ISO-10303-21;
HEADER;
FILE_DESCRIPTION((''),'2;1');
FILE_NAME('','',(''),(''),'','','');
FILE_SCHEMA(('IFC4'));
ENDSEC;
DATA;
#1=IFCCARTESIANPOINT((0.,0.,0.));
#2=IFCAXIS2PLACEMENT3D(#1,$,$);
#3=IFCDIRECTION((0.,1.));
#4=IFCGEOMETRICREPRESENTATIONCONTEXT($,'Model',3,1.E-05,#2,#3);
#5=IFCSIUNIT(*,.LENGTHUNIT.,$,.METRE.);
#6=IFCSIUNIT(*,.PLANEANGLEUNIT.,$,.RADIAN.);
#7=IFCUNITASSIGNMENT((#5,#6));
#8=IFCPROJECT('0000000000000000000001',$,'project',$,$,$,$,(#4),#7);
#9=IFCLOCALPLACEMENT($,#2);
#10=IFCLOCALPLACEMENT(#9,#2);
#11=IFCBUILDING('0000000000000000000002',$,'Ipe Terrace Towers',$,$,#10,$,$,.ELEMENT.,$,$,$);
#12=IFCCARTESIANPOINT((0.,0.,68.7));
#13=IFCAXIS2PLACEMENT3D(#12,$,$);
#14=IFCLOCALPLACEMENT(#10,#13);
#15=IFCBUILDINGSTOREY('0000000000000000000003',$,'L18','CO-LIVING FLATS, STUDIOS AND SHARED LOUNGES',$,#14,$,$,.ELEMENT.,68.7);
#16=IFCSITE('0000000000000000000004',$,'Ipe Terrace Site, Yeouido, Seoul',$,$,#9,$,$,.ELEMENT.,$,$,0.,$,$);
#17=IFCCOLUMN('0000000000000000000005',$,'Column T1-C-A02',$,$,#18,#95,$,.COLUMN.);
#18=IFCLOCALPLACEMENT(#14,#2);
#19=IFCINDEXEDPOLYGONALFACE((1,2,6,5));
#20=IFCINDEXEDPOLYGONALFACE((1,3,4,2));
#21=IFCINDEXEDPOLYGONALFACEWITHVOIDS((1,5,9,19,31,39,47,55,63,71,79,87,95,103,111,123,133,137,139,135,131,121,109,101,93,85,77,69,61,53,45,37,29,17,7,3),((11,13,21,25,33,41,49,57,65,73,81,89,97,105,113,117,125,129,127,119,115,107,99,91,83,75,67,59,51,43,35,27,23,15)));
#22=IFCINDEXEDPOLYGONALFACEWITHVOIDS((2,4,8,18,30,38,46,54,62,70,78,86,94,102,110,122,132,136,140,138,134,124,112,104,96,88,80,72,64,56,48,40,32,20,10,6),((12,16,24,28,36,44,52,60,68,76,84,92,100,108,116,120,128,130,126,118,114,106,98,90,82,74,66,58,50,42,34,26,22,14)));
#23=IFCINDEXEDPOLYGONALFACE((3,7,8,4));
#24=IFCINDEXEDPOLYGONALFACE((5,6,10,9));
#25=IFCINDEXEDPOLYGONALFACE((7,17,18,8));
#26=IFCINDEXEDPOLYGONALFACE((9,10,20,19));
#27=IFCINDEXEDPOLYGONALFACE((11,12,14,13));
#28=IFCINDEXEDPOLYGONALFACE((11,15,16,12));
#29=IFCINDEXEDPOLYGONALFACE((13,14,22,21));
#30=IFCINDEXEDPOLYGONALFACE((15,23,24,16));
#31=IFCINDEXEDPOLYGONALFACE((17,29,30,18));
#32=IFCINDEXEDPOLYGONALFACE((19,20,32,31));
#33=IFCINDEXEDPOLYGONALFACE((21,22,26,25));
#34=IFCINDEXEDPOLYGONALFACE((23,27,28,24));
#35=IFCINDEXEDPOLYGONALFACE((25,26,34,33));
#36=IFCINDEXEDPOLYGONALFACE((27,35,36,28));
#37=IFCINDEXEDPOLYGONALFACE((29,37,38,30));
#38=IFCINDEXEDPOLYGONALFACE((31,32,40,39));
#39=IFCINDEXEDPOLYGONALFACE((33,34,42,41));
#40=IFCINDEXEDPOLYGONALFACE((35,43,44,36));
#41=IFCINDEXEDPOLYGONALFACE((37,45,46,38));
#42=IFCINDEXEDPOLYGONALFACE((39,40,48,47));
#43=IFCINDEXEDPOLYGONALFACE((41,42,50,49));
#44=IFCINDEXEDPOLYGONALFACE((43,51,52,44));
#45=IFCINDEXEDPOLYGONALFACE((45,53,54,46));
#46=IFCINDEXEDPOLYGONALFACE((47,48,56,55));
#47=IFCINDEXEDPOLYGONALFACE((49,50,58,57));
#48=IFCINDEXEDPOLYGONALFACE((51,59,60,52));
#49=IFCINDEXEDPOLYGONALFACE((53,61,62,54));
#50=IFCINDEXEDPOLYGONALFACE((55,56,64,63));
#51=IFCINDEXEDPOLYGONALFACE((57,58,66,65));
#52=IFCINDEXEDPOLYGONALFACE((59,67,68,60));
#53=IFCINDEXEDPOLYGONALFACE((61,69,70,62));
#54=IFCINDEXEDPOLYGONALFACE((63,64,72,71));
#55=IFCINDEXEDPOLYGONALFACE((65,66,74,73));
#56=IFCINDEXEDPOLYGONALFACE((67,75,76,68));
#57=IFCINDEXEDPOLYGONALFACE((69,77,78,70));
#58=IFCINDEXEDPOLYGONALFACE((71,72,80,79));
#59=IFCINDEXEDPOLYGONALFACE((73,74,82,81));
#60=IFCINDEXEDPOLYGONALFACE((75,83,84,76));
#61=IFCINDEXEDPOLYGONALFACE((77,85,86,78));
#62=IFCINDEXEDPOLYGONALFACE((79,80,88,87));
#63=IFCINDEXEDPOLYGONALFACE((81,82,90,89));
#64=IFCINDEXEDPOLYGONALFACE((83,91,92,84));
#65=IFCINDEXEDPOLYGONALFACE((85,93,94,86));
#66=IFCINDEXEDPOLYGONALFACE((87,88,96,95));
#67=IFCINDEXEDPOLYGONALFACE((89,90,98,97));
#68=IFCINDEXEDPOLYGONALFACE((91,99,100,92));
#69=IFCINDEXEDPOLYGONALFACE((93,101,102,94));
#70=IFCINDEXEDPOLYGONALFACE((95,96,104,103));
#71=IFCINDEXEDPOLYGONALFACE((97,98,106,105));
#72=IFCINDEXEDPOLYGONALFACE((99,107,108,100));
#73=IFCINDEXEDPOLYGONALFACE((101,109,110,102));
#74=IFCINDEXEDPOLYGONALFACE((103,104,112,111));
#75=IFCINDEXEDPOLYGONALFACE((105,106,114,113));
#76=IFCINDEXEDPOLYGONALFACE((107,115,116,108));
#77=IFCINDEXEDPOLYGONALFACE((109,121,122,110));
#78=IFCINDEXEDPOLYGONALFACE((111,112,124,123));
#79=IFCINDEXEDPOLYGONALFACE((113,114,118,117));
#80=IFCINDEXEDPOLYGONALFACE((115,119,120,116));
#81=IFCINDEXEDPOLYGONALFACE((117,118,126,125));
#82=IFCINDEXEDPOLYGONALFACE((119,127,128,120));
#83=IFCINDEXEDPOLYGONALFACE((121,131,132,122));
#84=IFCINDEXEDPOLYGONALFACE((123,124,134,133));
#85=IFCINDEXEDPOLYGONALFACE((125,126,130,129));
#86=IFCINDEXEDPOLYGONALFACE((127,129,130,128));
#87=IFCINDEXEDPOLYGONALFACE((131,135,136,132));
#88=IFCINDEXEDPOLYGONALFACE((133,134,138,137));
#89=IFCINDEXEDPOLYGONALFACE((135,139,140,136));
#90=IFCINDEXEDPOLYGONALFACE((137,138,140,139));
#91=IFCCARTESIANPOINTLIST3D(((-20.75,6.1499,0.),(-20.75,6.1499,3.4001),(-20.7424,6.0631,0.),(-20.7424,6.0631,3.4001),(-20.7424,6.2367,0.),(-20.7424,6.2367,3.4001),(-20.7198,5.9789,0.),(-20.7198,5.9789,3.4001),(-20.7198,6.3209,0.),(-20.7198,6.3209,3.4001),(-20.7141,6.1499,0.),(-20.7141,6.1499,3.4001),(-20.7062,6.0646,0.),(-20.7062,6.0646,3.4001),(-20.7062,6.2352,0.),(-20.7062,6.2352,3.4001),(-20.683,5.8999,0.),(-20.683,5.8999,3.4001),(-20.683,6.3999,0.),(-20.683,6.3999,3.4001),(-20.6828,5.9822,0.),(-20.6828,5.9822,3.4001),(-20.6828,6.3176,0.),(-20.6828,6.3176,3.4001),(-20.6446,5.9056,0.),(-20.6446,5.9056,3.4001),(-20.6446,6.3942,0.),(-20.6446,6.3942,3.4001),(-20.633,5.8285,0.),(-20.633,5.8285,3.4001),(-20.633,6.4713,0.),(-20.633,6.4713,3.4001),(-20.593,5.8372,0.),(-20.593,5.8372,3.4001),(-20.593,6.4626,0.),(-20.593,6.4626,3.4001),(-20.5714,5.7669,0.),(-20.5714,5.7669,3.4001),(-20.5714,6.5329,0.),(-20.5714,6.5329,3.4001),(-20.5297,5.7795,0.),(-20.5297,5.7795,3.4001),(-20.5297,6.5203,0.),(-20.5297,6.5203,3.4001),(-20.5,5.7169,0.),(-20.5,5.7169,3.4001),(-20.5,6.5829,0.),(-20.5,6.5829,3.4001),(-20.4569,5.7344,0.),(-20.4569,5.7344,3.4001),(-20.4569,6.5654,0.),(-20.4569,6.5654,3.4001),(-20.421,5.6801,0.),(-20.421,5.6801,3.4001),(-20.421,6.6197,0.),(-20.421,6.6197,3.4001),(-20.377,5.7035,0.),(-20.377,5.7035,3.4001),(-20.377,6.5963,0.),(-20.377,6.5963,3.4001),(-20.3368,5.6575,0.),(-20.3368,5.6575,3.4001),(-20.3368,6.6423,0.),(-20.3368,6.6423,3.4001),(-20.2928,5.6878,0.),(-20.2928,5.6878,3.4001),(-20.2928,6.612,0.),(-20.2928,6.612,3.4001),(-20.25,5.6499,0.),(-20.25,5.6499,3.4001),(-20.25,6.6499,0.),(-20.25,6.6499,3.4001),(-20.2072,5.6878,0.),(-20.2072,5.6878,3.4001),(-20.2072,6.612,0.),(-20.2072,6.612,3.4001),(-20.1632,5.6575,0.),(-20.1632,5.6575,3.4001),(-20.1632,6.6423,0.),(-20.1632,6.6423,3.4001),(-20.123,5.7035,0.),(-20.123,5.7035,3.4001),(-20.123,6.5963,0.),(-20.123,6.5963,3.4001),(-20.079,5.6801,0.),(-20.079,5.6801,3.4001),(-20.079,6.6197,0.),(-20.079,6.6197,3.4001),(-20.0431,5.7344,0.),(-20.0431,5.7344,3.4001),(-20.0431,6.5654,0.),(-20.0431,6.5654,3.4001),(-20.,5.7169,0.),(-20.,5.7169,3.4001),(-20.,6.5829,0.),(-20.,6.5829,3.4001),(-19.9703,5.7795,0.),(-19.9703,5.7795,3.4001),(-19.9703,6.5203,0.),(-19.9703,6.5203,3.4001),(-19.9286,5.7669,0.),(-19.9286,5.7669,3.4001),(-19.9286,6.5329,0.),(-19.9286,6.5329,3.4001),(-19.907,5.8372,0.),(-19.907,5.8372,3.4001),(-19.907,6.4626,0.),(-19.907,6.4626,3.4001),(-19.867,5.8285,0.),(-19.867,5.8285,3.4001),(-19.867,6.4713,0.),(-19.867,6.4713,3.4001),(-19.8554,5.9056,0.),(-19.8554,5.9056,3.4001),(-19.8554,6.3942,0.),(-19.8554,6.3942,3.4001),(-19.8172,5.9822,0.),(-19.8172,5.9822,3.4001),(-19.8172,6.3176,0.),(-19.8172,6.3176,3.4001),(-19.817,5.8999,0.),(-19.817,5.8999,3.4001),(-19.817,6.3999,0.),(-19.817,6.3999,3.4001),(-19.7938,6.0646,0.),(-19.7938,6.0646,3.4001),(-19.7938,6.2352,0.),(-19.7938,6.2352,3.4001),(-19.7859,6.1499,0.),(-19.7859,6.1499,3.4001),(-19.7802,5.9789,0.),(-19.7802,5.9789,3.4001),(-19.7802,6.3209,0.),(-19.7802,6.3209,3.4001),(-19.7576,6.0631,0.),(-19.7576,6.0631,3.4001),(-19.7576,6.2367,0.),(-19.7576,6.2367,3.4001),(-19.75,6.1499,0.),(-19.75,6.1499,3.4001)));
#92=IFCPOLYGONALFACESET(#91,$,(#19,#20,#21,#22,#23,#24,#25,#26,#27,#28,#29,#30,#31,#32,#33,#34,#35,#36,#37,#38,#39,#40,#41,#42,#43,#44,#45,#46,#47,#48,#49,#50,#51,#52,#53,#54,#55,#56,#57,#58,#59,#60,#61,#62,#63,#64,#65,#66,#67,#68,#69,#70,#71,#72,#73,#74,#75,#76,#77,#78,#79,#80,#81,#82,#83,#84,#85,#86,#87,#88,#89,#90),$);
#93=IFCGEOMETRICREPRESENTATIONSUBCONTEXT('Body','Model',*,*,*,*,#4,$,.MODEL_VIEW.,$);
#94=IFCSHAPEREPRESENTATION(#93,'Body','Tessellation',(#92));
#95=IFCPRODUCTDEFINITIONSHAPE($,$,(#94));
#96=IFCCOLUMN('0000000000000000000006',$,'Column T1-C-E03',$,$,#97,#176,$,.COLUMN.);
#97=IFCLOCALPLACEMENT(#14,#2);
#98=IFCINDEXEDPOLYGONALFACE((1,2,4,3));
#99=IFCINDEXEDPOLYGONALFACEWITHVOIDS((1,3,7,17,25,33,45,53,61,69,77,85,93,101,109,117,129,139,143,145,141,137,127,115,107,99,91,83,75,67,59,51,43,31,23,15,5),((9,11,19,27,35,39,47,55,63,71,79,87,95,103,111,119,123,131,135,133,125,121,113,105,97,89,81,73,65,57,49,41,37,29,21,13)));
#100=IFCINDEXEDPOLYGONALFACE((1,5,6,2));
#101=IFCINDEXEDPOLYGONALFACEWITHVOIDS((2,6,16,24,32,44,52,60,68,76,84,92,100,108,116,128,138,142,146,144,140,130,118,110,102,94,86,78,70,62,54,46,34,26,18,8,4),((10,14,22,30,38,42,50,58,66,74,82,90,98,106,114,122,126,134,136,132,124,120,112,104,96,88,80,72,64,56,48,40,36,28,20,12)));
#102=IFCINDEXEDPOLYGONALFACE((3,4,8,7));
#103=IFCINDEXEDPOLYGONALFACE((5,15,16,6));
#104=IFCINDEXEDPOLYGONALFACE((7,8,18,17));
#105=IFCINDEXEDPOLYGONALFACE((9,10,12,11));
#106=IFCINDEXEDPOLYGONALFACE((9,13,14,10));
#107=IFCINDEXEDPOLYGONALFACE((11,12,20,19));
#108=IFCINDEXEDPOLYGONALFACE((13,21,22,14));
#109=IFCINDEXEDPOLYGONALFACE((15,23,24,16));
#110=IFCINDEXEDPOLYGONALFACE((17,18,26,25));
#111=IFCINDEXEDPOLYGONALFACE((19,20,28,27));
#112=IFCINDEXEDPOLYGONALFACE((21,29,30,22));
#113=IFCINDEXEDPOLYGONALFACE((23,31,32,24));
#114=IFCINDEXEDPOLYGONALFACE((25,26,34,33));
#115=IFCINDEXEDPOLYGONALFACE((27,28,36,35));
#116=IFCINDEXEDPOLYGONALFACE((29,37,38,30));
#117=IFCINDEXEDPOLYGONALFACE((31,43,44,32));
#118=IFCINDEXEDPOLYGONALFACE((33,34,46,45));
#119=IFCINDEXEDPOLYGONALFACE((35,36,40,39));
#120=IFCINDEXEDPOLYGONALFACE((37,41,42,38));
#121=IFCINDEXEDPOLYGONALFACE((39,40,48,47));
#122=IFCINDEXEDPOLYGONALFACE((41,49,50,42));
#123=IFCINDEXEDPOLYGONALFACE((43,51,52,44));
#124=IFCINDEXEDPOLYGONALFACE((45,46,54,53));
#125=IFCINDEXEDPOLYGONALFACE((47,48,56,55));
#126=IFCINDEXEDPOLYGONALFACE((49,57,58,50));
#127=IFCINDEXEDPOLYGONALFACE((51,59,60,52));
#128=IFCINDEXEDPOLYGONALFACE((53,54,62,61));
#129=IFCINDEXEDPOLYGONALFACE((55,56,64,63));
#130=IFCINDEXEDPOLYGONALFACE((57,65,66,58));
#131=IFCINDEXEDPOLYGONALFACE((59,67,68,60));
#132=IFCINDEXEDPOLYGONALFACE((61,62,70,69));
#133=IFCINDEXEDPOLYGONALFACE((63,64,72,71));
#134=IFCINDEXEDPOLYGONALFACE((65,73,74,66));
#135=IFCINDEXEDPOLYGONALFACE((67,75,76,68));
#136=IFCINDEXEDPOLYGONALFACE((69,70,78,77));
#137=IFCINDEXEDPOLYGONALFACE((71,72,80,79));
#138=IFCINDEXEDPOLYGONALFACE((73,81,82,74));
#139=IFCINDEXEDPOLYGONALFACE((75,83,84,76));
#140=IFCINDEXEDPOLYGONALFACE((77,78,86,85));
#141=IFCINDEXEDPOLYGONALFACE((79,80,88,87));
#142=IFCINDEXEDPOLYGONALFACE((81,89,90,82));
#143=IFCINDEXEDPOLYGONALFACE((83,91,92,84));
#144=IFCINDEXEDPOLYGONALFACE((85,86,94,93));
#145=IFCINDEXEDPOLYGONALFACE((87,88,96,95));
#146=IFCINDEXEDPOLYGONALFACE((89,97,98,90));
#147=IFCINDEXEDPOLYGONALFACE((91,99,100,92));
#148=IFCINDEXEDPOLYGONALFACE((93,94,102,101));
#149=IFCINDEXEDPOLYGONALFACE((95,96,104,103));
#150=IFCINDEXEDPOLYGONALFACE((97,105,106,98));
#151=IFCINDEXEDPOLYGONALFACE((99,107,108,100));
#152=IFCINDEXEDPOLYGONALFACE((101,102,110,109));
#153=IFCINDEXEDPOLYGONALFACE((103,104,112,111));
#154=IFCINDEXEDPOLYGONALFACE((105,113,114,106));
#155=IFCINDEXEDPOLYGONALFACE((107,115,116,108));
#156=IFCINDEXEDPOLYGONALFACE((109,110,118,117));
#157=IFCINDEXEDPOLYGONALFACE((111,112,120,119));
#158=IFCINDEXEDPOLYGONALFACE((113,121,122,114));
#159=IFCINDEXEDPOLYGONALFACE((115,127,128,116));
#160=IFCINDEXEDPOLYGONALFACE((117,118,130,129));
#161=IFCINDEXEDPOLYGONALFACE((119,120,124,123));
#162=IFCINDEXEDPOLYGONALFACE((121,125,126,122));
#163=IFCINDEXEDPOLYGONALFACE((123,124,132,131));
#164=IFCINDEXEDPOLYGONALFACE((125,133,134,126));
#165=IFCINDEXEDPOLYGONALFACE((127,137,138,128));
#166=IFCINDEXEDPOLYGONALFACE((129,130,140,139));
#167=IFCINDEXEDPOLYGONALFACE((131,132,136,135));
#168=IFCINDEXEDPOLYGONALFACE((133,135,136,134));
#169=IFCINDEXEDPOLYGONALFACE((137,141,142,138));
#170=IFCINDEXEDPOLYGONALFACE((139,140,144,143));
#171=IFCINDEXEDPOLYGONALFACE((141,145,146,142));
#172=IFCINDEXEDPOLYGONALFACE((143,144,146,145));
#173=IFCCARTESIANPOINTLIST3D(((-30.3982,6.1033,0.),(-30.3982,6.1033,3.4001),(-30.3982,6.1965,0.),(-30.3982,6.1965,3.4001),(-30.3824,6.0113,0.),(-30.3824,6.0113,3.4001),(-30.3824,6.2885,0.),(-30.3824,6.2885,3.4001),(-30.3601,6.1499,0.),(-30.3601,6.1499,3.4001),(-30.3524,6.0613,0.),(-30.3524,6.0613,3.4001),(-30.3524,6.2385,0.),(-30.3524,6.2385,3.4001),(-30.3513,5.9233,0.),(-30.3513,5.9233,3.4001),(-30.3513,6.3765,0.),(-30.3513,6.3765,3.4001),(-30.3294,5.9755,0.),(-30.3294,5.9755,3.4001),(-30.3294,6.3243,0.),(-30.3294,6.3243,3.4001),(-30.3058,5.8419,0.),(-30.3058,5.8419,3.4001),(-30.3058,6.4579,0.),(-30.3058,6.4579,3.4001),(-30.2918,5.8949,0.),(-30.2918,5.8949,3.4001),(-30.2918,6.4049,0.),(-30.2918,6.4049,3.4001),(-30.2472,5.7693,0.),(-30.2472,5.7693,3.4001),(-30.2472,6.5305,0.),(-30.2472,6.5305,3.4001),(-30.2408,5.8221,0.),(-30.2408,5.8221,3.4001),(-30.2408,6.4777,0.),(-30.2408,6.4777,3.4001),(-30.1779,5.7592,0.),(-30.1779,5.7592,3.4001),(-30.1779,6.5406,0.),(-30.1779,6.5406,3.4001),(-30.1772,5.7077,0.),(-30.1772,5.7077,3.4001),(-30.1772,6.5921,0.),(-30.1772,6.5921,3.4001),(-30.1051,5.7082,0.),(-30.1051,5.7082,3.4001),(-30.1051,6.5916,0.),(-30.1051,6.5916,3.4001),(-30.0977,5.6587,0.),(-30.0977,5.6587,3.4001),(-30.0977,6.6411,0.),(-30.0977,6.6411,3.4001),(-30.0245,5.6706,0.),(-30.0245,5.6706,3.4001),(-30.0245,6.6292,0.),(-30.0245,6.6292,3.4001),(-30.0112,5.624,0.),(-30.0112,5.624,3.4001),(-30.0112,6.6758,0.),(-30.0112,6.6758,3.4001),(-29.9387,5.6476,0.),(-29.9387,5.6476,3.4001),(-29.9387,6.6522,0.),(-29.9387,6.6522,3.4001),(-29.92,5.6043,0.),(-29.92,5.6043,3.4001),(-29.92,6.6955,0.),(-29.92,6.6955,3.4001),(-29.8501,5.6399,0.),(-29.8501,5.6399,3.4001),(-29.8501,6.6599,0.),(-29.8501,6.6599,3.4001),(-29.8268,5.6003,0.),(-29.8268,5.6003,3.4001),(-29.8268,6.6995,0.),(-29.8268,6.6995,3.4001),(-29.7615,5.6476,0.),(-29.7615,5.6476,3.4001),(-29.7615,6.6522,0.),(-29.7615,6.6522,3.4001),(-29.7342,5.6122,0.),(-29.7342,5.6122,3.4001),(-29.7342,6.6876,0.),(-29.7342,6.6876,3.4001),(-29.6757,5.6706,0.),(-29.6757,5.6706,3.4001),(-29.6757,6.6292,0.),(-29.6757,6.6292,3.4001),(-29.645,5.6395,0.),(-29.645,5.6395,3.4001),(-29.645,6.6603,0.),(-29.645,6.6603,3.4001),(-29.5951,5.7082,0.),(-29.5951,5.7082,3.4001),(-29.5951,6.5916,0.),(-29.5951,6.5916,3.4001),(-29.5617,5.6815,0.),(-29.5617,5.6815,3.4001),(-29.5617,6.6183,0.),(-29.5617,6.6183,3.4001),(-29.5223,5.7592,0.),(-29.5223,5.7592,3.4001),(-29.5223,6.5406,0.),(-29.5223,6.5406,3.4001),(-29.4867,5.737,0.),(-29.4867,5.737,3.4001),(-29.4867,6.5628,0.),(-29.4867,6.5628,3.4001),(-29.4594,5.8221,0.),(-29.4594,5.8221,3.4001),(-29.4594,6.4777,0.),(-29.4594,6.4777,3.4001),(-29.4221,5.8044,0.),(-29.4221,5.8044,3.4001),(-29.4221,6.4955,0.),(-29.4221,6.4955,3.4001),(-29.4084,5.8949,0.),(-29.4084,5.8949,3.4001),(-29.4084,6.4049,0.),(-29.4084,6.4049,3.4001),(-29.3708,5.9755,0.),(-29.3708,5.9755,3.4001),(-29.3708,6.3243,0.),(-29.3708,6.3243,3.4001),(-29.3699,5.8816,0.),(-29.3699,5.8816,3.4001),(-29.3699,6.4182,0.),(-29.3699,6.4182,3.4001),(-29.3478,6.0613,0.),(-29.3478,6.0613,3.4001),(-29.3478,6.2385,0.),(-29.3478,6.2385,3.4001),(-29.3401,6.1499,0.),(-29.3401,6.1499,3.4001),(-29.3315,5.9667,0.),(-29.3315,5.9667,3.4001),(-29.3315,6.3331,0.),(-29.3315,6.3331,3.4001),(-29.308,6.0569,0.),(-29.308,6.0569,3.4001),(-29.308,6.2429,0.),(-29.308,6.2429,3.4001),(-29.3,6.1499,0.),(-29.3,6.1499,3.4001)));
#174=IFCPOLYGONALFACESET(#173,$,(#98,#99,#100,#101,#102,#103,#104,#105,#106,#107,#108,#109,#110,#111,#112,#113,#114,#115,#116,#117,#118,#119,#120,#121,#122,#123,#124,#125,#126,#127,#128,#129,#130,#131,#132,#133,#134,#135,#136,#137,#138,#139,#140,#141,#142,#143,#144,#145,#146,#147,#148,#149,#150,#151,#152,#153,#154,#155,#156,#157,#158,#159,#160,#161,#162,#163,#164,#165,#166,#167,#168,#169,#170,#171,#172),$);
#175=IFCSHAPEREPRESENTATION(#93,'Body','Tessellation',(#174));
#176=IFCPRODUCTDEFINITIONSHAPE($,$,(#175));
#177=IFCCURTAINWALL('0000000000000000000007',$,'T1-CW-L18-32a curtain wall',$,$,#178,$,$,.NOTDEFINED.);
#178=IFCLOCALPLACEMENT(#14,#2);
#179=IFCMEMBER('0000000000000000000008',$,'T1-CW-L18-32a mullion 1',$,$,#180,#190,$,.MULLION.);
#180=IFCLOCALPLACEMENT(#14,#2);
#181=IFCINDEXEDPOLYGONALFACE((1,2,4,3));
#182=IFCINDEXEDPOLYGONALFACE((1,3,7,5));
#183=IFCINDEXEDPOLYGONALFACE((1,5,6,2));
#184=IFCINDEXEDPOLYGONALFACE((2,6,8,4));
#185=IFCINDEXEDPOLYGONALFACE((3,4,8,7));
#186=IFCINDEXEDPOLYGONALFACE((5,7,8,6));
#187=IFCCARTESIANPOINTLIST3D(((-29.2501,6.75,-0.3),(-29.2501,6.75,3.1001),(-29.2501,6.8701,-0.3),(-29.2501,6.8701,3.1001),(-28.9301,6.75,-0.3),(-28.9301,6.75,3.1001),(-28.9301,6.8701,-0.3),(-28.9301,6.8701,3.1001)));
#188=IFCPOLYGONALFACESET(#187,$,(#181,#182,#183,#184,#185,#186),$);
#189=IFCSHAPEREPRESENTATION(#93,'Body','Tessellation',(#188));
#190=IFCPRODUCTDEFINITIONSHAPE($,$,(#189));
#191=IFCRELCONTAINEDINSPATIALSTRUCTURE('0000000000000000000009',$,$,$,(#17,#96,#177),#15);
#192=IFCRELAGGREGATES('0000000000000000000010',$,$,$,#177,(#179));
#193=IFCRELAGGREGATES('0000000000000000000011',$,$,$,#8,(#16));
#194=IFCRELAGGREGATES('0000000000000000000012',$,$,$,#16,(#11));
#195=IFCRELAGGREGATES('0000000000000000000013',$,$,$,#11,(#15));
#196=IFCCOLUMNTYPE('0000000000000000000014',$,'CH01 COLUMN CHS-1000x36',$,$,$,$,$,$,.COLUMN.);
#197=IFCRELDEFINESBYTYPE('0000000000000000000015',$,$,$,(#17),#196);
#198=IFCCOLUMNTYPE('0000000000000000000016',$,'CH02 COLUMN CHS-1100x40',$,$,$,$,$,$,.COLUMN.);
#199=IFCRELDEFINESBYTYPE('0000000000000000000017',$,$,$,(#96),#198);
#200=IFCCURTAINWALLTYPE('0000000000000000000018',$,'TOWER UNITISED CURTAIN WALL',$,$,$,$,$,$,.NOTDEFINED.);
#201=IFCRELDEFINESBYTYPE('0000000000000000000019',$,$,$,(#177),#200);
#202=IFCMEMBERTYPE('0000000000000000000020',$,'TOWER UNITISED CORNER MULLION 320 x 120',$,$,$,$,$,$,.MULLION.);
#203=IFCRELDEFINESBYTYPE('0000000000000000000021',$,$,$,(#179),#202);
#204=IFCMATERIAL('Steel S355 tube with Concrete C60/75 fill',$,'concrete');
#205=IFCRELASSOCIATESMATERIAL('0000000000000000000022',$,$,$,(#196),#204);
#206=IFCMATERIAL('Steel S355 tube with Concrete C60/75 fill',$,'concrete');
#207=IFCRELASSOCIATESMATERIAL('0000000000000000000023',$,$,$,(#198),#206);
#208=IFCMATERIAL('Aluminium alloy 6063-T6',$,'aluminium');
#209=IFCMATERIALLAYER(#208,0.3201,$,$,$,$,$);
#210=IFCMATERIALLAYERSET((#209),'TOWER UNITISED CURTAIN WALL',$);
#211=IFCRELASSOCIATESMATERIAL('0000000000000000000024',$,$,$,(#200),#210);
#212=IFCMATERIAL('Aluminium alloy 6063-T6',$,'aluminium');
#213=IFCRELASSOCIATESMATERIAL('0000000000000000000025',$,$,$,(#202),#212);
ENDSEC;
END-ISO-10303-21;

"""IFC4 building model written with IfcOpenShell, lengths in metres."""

from ifc_helpers import new_model, si_unit, direction, frame, origin, origin_2d, place, context, subcontext, project, spatial, rectangle, hollow_circle, extrude, material, layer, layer_set, material_profile, profile_set, type_object, element, aggregate, save


model = new_model("IFC4")

# Units and contexts
model_context = context("Model", 3, precision=1e-05, world=origin(), true_north=direction((0.0, 1.0)))
body_context = subcontext(model_context, "Body", "Model", "MODEL_VIEW")
ifc_project = project(units=[si_unit("LENGTHUNIT", "METRE"), si_unit("PLANEANGLEUNIT", "RADIAN")], contexts=[model_context])

# Site, building, storey
site_placement = place(None, origin())
site = spatial("IfcSite", under=ifc_project, at=site_placement, Name="Ipe Terrace Site, Yeouido, Seoul", CompositionType="ELEMENT", RefElevation=0.0)
building_placement = place(site_placement, origin())
building = spatial("IfcBuilding", under=site, at=building_placement, Name="Ipe Terrace Towers", CompositionType="ELEMENT")
storey_placement = place(building_placement, frame((0.0, 0.0, 68.7)))
storey = spatial("IfcBuildingStorey", under=building, at=storey_placement, Name="L18", Description="CO-LIVING FLATS, STUDIOS AND SHARED LOUNGES", CompositionType="ELEMENT", Elevation=68.7)

# Columns
ifc_material_1 = material(Name="Steel S355 tube with Concrete C60/75 fill", Category="concrete")
ifc_material_profile_1 = material_profile(ifc_material_1, hollow_circle(Radius=0.5, WallThickness=0.0359, at=origin_2d()), Name="CHS-1000x36")
ifc_profile_set_1 = profile_set([ifc_material_profile_1], Name="Steel S355 tube with Concrete C60/75 fill")
column_type_1 = type_object("IfcColumnType", Name="CH01 COLUMN CHS-1000x36", PredefinedType="COLUMN", material=ifc_profile_set_1)
column_1_placement = place(storey_placement, frame((-20.25, 6.1499, 0.0), z_axis=(0.0, 0.0, 1.0), x_axis=(1.0, 0.0, 0.0)))
element("IfcColumn", 1, at=column_1_placement, inside=storey, type_object=column_type_1, Name="Column T1-C-A02", PredefinedType="COLUMN", context=body_context, shape_type="SweptSolid", body=[
    extrude(hollow_circle(Radius=0.5, WallThickness=0.0359, at=origin_2d()), origin(), (0.0, 0.0, 1.0), 3.4001),
])
ifc_material_2 = material(Name="Steel S355 tube with Concrete C60/75 fill", Category="concrete")
ifc_material_profile_2 = material_profile(ifc_material_2, hollow_circle(Radius=0.55, WallThickness=0.04, at=origin_2d()), Name="CHS-1100x40")
ifc_profile_set_2 = profile_set([ifc_material_profile_2], Name="Steel S355 tube with Concrete C60/75 fill")
column_type_2 = type_object("IfcColumnType", Name="CH02 COLUMN CHS-1100x40", PredefinedType="COLUMN", material=ifc_profile_set_2)
column_2_placement = place(storey_placement, frame((-29.8501, 6.1499, 0.0), z_axis=(0.0, 0.0, 1.0), x_axis=(1.0, 0.0, 0.0)))
element("IfcColumn", 2, at=column_2_placement, inside=storey, type_object=column_type_2, Name="Column T1-C-E03", PredefinedType="COLUMN", context=body_context, shape_type="SweptSolid", body=[
    extrude(hollow_circle(Radius=0.55, WallThickness=0.04, at=origin_2d()), origin(), (0.0, 0.0, 1.0), 3.4001),
])

# Curtain wall, member
ifc_material_3 = material(Name="Aluminium alloy 6063-T6", Category="aluminium")
ifc_layer_1 = layer(ifc_material_3, 0.3201)
ifc_layer_set_1 = layer_set([ifc_layer_1], Name="TOWER UNITISED CURTAIN WALL")
curtain_wall_type = type_object("IfcCurtainWallType", Name="TOWER UNITISED CURTAIN WALL", PredefinedType="NOTDEFINED", material=ifc_layer_set_1)
curtain_wall_placement = place(storey_placement, origin())
curtain_wall = element("IfcCurtainWall", 3, at=curtain_wall_placement, inside=storey, type_object=curtain_wall_type, Name="T1-CW-L18-32a curtain wall", PredefinedType="NOTDEFINED")
ifc_material_4 = material(Name="Aluminium alloy 6063-T6", Category="aluminium")
ifc_material_profile_3 = material_profile(ifc_material_4, rectangle(XDim=0.3201, YDim=0.1201, at=origin_2d()), Name="TOWER UNITISED CORNER MULLION 320 x 120")
ifc_profile_set_3 = profile_set([ifc_material_profile_3], Name="Aluminium alloy 6063-T6")
member_type = type_object("IfcMemberType", Name="TOWER UNITISED CORNER MULLION 320 x 120", PredefinedType="MULLION", material=ifc_profile_set_3)
member_placement = place(storey_placement, frame((-29.0901, 6.8101, -0.3), z_axis=(0.0, 0.0, 1.0), x_axis=(1.0, 0.0, 0.0)))
member = element("IfcMember", 4, at=member_placement, type_object=member_type, Name="T1-CW-L18-32a mullion 1", PredefinedType="MULLION", context=body_context, shape_type="SweptSolid", body=[
    extrude(rectangle(XDim=0.3201, YDim=0.1201, at=origin_2d()), origin(), (0.0, 0.0, 1.0), 3.4001),
])
aggregate(curtain_wall, [member])

save(model, "model.ifc")
